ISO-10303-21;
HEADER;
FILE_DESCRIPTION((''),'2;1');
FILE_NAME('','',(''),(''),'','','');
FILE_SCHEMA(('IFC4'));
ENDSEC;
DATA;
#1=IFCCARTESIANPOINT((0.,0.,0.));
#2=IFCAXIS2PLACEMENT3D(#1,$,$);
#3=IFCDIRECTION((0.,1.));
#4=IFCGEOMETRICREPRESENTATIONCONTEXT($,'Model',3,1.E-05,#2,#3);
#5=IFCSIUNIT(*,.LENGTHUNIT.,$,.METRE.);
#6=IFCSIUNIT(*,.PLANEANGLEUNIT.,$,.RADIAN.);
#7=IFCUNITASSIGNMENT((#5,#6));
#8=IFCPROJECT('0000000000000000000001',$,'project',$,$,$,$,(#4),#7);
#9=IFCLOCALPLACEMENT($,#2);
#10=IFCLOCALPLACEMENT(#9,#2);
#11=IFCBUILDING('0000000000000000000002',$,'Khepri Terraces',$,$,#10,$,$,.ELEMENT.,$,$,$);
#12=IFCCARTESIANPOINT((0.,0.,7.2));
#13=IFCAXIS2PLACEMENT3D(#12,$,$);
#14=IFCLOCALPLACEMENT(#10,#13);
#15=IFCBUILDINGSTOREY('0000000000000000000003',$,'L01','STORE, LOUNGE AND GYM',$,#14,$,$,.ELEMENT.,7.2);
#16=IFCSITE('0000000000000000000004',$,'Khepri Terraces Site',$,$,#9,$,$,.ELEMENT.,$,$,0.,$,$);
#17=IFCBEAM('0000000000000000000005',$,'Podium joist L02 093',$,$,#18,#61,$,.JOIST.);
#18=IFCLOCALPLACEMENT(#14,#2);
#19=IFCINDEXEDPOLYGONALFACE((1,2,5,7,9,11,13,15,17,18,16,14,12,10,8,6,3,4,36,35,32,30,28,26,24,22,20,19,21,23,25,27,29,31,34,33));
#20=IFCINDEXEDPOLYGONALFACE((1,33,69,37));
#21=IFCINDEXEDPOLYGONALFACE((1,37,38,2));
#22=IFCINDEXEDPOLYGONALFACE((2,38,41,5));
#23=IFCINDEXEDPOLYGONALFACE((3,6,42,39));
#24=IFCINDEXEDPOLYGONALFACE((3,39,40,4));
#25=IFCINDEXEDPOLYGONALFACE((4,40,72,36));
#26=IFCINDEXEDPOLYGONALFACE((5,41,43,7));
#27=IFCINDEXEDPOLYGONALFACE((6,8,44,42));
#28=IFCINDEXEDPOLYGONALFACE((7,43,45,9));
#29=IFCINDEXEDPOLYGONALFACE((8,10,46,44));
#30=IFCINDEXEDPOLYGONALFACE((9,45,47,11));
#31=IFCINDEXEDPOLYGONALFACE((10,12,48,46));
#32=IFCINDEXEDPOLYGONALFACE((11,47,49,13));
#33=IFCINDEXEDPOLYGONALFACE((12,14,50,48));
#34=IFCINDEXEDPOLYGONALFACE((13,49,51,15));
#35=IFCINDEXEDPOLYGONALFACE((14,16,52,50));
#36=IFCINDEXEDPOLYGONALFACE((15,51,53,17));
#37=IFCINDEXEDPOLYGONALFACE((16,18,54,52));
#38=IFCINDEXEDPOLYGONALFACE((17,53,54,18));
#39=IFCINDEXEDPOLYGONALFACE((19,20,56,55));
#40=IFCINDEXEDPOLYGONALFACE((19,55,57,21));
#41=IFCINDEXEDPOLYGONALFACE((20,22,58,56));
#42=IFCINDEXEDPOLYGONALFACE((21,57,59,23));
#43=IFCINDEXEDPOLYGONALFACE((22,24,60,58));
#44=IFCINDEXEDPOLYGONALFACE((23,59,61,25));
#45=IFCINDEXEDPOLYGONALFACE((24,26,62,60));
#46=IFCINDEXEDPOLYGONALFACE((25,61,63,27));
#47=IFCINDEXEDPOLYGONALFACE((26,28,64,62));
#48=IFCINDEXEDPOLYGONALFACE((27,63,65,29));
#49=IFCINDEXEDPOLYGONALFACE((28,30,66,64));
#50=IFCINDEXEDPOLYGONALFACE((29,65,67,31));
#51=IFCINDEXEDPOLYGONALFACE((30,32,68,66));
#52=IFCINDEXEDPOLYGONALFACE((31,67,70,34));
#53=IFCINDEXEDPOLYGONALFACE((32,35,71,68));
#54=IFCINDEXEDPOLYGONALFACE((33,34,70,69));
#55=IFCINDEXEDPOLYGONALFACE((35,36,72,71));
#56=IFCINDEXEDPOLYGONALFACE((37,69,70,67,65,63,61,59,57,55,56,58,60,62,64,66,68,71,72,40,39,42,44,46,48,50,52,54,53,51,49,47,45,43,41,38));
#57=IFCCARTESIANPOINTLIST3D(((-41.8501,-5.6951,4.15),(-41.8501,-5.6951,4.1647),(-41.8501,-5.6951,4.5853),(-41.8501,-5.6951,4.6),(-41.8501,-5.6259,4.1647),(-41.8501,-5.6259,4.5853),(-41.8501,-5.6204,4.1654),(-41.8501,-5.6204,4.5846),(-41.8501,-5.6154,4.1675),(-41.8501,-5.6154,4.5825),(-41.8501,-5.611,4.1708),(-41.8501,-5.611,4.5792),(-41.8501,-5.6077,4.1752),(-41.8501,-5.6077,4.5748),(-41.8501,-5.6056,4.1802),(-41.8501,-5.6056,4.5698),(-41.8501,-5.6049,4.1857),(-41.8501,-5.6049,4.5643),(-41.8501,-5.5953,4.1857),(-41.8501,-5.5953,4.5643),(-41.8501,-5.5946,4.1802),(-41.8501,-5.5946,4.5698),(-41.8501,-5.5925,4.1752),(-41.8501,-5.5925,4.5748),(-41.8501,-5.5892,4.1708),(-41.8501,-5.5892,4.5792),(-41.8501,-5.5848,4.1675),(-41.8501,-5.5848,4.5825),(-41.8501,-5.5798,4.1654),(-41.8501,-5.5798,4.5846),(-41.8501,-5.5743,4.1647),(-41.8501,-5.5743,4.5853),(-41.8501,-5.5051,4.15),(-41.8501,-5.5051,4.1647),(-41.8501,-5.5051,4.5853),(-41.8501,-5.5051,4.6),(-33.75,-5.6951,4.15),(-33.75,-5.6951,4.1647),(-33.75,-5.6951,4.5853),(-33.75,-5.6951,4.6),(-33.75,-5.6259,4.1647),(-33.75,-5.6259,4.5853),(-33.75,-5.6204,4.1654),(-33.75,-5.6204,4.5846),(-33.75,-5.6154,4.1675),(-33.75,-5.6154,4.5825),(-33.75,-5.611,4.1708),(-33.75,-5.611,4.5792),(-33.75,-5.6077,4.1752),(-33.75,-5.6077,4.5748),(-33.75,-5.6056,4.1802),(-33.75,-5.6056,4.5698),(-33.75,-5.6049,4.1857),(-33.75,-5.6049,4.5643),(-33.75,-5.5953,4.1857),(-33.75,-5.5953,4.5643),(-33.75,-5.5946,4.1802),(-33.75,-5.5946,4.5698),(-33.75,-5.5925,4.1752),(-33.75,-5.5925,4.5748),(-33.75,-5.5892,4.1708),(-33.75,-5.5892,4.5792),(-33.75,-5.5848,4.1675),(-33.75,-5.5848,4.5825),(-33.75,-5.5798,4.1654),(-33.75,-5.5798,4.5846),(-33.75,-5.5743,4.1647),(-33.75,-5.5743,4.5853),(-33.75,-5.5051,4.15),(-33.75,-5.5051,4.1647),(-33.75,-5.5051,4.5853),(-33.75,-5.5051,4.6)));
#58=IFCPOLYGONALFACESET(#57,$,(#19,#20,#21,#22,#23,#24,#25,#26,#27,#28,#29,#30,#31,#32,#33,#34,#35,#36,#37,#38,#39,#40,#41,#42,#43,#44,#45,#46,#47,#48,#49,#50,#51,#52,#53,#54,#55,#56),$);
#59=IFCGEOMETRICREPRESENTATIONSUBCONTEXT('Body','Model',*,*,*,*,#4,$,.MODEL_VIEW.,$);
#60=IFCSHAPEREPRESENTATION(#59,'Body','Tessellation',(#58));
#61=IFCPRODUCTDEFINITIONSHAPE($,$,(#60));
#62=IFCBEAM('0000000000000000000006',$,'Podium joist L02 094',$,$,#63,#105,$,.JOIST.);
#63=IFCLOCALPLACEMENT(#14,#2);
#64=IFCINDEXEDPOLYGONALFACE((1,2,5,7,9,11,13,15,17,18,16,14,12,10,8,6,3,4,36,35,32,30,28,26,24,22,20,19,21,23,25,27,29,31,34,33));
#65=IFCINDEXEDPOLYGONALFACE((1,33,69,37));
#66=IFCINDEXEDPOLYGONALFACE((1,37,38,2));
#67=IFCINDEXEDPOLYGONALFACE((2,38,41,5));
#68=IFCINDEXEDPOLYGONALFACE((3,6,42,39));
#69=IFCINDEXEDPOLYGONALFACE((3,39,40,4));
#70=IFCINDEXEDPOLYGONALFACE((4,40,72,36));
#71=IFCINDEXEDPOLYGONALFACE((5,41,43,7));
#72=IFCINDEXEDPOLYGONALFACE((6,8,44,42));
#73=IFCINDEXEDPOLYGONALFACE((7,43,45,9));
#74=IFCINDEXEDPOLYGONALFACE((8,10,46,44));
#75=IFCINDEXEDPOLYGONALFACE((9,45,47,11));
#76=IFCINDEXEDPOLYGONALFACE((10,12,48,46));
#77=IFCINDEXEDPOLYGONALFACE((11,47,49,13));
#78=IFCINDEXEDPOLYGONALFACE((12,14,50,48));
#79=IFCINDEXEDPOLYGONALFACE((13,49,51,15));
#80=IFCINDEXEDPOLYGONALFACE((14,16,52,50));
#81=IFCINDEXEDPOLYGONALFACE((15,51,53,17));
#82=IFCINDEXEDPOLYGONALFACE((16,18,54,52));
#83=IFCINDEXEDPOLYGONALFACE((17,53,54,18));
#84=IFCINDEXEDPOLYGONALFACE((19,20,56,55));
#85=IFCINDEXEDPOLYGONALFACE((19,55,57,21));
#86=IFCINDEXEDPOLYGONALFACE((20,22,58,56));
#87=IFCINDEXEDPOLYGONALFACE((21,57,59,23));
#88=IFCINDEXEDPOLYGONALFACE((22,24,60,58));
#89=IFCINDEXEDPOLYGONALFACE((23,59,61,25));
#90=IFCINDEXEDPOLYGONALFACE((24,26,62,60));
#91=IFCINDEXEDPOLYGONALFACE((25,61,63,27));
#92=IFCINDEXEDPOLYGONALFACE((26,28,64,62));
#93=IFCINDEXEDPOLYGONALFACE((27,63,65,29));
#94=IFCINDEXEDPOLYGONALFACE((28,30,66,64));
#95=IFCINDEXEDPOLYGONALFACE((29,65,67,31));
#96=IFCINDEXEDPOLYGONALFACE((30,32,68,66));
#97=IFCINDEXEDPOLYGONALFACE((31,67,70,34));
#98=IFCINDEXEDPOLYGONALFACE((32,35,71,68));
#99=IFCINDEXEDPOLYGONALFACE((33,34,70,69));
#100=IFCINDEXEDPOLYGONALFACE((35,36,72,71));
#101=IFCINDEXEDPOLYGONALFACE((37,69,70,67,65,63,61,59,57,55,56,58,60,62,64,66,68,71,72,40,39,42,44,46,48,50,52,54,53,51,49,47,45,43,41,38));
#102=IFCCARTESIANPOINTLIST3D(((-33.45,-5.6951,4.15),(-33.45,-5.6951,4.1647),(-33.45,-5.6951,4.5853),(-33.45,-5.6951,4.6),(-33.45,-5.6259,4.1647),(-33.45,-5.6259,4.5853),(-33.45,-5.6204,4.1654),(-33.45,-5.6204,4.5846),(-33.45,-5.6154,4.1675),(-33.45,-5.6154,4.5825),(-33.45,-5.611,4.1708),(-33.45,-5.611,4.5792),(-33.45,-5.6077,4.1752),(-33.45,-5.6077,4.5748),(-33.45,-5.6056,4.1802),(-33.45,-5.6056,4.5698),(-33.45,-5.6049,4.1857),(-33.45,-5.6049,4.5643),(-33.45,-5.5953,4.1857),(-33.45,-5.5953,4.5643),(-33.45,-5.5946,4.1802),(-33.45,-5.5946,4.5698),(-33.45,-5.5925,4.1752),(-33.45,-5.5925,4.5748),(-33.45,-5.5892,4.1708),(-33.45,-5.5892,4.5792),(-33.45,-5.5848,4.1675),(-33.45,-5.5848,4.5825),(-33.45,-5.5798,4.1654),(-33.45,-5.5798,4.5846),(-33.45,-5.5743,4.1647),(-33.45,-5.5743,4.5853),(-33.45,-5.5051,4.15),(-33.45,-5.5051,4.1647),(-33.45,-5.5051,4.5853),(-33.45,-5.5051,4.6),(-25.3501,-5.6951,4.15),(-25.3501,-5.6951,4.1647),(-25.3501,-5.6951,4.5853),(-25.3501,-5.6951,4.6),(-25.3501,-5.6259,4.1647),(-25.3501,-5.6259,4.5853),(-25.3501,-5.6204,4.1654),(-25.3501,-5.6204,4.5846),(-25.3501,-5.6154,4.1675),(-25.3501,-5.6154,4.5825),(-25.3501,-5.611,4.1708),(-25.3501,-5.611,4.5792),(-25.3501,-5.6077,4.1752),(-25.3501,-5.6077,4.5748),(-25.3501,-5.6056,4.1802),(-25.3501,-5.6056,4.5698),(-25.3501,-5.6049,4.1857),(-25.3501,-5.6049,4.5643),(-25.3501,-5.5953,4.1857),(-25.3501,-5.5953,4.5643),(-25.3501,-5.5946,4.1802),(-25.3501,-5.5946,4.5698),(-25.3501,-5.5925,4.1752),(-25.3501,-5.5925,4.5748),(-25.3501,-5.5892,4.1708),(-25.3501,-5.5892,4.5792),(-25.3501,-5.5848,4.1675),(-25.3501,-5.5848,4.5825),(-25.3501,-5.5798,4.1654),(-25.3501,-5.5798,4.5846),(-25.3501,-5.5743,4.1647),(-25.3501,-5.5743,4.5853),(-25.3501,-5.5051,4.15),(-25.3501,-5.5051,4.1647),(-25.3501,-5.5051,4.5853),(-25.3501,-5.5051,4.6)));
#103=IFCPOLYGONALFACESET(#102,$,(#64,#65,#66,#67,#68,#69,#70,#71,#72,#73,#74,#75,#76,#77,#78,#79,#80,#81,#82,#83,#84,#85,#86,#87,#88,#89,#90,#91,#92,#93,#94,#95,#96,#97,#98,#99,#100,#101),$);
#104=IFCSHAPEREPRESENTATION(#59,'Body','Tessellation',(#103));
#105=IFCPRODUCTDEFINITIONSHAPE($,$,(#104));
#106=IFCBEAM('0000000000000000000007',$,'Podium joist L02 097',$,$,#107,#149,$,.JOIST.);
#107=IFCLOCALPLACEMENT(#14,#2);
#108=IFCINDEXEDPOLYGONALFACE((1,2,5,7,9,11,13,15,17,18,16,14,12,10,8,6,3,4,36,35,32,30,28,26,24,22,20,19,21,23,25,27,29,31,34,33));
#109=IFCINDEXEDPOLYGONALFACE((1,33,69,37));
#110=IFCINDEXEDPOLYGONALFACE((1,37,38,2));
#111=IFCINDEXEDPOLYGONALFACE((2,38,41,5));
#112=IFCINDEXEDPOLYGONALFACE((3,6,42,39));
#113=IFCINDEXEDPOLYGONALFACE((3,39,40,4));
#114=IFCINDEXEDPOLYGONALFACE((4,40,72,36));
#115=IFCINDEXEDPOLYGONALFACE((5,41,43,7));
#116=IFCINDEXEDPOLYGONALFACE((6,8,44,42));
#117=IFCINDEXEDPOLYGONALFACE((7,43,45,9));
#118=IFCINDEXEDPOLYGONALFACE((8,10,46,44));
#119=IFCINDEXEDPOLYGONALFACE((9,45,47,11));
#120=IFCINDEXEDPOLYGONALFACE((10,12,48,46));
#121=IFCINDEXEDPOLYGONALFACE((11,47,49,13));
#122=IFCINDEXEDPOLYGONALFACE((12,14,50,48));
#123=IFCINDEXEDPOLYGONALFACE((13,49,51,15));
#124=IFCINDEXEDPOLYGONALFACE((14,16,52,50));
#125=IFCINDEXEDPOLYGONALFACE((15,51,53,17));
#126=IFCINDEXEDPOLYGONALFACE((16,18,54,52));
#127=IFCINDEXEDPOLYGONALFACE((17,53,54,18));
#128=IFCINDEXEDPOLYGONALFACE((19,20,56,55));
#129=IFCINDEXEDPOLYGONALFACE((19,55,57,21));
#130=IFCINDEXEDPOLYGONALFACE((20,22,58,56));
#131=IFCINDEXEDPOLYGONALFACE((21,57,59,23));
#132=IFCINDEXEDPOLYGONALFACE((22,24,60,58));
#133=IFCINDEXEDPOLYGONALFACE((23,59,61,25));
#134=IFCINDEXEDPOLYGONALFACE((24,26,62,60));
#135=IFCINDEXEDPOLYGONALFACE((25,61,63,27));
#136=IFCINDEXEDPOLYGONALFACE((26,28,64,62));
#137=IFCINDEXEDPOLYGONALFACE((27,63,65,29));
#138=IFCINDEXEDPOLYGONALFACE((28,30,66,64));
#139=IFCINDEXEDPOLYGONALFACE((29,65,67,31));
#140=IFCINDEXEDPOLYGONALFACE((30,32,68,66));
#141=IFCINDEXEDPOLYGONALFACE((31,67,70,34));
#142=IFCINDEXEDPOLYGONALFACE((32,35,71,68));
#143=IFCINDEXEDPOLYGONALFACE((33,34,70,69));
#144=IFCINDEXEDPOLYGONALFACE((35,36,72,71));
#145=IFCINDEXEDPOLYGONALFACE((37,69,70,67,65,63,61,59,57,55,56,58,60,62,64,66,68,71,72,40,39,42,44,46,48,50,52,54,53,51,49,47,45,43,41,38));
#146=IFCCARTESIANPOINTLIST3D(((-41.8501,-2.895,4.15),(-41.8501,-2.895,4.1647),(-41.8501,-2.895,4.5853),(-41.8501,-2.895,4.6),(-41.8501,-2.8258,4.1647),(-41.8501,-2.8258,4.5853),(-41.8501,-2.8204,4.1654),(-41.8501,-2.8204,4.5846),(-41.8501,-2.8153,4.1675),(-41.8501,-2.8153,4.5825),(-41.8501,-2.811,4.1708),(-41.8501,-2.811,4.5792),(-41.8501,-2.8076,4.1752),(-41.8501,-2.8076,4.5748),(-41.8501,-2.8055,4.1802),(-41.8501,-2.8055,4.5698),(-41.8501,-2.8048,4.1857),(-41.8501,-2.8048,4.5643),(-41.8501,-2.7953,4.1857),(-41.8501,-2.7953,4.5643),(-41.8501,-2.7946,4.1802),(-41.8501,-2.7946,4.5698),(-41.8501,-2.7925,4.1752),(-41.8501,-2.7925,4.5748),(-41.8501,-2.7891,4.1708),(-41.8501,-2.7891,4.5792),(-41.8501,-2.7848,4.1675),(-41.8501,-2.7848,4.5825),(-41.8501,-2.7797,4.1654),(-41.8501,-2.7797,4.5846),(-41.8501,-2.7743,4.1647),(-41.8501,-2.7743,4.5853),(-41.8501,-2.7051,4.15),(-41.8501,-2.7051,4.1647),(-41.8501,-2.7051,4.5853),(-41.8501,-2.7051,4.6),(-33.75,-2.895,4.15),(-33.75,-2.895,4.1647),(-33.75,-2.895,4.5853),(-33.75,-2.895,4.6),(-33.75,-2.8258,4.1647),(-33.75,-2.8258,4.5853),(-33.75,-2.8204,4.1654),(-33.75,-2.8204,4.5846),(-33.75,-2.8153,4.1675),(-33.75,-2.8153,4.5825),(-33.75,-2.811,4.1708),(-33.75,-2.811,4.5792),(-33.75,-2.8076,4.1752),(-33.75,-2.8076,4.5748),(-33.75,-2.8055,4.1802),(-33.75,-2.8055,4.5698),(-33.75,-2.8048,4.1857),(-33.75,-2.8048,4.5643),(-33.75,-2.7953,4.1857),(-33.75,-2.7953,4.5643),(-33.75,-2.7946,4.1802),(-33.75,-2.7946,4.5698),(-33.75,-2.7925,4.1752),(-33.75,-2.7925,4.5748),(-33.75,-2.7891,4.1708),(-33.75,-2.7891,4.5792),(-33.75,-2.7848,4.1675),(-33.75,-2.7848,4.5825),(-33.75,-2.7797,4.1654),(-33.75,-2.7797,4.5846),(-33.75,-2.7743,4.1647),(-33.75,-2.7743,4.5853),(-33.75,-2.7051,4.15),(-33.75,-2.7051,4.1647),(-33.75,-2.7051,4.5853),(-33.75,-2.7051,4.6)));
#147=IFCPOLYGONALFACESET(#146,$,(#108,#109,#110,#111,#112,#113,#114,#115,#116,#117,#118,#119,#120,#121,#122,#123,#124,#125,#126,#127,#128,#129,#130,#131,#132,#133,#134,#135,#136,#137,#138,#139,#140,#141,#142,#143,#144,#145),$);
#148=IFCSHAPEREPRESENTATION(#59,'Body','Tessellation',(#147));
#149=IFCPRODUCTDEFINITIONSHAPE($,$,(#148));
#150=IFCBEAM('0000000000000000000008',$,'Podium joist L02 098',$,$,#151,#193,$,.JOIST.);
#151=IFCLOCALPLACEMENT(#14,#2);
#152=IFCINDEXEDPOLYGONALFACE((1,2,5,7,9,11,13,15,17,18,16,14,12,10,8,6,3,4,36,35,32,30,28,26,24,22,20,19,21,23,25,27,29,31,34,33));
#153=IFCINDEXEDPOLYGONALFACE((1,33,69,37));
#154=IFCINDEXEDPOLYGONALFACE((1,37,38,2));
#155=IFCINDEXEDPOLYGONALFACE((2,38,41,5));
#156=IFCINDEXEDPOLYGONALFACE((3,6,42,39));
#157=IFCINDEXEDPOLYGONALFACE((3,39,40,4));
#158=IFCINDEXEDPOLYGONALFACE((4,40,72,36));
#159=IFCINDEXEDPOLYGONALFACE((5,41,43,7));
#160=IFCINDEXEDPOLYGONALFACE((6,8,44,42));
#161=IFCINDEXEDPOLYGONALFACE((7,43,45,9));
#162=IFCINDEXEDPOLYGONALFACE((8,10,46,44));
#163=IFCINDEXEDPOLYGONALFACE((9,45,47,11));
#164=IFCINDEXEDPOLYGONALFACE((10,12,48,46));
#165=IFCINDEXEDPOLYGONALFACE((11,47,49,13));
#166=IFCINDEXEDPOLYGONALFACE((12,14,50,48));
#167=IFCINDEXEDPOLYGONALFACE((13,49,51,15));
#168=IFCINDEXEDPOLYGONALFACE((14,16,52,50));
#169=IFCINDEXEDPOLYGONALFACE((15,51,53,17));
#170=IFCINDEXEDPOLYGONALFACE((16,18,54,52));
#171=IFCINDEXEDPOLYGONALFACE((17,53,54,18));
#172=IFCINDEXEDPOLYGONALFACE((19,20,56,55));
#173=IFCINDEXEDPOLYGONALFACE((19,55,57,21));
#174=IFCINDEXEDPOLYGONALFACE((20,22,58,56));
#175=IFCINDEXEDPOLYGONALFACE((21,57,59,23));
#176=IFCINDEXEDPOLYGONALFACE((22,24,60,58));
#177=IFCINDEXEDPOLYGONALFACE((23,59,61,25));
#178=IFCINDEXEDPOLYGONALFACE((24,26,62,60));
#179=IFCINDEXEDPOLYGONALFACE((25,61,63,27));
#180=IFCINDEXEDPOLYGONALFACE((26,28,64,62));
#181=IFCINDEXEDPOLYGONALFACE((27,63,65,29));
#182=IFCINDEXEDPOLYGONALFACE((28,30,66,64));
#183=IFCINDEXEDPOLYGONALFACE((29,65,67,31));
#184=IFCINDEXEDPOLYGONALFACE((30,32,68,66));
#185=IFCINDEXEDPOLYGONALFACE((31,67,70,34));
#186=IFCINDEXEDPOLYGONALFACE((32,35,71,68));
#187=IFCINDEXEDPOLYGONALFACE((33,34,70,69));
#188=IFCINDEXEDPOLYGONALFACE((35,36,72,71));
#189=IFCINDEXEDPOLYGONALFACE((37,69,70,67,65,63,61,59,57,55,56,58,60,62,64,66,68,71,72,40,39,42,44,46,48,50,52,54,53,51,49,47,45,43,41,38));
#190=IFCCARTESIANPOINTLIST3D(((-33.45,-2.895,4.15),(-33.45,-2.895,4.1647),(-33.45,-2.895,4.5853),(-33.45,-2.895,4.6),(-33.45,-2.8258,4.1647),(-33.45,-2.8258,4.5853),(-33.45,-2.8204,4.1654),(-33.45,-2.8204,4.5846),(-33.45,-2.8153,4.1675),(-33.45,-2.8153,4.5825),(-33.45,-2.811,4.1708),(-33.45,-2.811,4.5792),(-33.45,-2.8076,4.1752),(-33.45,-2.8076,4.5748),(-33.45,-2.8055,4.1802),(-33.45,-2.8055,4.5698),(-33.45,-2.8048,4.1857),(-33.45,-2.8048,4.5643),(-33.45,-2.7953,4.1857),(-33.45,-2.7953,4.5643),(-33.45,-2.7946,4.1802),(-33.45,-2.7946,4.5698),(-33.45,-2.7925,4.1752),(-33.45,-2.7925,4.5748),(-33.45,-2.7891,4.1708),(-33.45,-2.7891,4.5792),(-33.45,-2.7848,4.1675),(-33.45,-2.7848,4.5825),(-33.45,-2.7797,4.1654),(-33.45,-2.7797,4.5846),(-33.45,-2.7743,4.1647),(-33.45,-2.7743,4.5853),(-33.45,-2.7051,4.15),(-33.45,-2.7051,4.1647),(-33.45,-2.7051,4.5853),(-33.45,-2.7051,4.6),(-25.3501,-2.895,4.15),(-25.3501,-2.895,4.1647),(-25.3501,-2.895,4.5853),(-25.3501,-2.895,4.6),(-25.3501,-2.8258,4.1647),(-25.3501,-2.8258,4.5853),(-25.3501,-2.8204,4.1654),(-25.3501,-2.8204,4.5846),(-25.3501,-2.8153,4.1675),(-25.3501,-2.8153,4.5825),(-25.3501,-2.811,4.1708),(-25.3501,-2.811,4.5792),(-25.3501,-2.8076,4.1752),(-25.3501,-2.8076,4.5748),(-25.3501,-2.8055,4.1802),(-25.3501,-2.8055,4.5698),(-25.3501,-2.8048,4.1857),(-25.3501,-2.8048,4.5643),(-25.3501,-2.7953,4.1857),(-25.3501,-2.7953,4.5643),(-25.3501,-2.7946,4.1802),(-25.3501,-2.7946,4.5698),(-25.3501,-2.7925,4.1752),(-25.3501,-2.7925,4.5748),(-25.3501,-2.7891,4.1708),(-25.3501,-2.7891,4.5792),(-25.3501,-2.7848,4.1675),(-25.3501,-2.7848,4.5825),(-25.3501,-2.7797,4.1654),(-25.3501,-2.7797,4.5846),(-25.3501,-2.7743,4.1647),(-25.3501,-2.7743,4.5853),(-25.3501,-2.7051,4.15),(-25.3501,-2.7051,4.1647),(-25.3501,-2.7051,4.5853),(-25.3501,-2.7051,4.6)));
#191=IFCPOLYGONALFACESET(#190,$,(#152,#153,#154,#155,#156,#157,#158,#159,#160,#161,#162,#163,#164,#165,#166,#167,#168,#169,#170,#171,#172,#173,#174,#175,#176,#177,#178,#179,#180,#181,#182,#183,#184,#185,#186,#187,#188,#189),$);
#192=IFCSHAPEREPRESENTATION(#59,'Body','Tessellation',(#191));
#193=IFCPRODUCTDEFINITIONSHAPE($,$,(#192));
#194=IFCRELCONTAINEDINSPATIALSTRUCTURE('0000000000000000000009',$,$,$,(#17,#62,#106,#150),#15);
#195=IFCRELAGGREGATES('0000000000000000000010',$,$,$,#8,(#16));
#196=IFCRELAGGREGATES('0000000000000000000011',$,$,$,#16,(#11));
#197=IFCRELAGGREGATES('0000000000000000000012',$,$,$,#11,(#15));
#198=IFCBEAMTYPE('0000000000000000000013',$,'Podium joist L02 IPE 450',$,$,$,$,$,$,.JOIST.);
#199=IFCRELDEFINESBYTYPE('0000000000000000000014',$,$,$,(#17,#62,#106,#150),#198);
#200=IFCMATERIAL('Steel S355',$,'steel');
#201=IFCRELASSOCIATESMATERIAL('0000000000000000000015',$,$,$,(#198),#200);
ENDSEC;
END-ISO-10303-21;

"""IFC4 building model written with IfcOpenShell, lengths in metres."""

from ifc_helpers import new_model, si_unit, direction, frame, origin, origin_2d, place, context, subcontext, project, spatial, i_section, extrude, material, material_profile, profile_set, type_object, element, save


model = new_model("IFC4")

# Units and contexts
model_context = context("Model", 3, precision=1e-05, world=origin(), true_north=direction((0.0, 1.0)))
body_context = subcontext(model_context, "Body", "Model", "MODEL_VIEW")
ifc_project = project(units=[si_unit("LENGTHUNIT", "METRE"), si_unit("PLANEANGLEUNIT", "RADIAN")], contexts=[model_context])

# Site, building, storey
site_placement = place(None, origin())
site = spatial("IfcSite", under=ifc_project, at=site_placement, Name="Khepri Terraces Site", CompositionType="ELEMENT", RefElevation=0.0)
building_placement = place(site_placement, origin())
building = spatial("IfcBuilding", under=site, at=building_placement, Name="Khepri Terraces", CompositionType="ELEMENT")
storey_placement = place(building_placement, frame((0.0, 0.0, 7.2)))
storey = spatial("IfcBuildingStorey", under=building, at=storey_placement, Name="L01", Description="STORE, LOUNGE AND GYM", CompositionType="ELEMENT", Elevation=7.2)

# Beams
ifc_material_1 = material(Name="Steel S355", Category="steel")
ifc_material_profile_1 = material_profile(ifc_material_1, i_section(OverallWidth=0.1899, OverallDepth=0.45, WebThickness=0.0095, FlangeThickness=0.0146, FilletRadius=0.021, at=origin_2d()), Name="Steel S355", Category="steel")
ifc_profile_set_1 = profile_set([ifc_material_profile_1], Name="Steel S355")
beam_type_1 = type_object("IfcBeamType", Name="Podium joist L02 IPE 450", PredefinedType="JOIST", material=ifc_profile_set_1)
beam_1_placement = place(storey_placement, frame((-41.8501, -5.6001, 4.375), z_axis=(1.0, 0.0, 0.0), x_axis=(0.0, 1.0, 0.0)))
element("IfcBeam", 1, at=beam_1_placement, inside=storey, type_object=beam_type_1, Name="Podium joist L02 093", PredefinedType="JOIST", context=body_context, shape_type="SweptSolid", body=[
    extrude(i_section(OverallWidth=0.1899, OverallDepth=0.45, WebThickness=0.0095, FlangeThickness=0.0146, FilletRadius=0.021, at=origin_2d()), origin(), (0.0, 0.0, 1.0), 8.1001),
])
beam_2_placement = place(storey_placement, frame((-33.45, -5.6001, 4.375), z_axis=(1.0, 0.0, 0.0), x_axis=(0.0, 1.0, 0.0)))
element("IfcBeam", 2, at=beam_2_placement, inside=storey, type_object=beam_type_1, Name="Podium joist L02 094", PredefinedType="JOIST", context=body_context, shape_type="SweptSolid", body=[
    extrude(i_section(OverallWidth=0.1899, OverallDepth=0.45, WebThickness=0.0095, FlangeThickness=0.0146, FilletRadius=0.021, at=origin_2d()), origin(), (0.0, 0.0, 1.0), 8.0999),
])
beam_3_placement = place(storey_placement, frame((-41.8501, -2.8, 4.375), z_axis=(1.0, 0.0, 0.0), x_axis=(0.0, 1.0, 0.0)))
element("IfcBeam", 3, at=beam_3_placement, inside=storey, type_object=beam_type_1, Name="Podium joist L02 097", PredefinedType="JOIST", context=body_context, shape_type="SweptSolid", body=[
    extrude(i_section(OverallWidth=0.1899, OverallDepth=0.45, WebThickness=0.0095, FlangeThickness=0.0146, FilletRadius=0.021, at=origin_2d()), origin(), (0.0, 0.0, 1.0), 8.1001),
])
beam_4_placement = place(storey_placement, frame((-33.45, -2.8, 4.375), z_axis=(1.0, 0.0, 0.0), x_axis=(0.0, 1.0, 0.0)))
element("IfcBeam", 4, at=beam_4_placement, inside=storey, type_object=beam_type_1, Name="Podium joist L02 098", PredefinedType="JOIST", context=body_context, shape_type="SweptSolid", body=[
    extrude(i_section(OverallWidth=0.1899, OverallDepth=0.45, WebThickness=0.0095, FlangeThickness=0.0146, FilletRadius=0.021, at=origin_2d()), origin(), (0.0, 0.0, 1.0), 8.0999),
])

save(model, "model.ifc")
